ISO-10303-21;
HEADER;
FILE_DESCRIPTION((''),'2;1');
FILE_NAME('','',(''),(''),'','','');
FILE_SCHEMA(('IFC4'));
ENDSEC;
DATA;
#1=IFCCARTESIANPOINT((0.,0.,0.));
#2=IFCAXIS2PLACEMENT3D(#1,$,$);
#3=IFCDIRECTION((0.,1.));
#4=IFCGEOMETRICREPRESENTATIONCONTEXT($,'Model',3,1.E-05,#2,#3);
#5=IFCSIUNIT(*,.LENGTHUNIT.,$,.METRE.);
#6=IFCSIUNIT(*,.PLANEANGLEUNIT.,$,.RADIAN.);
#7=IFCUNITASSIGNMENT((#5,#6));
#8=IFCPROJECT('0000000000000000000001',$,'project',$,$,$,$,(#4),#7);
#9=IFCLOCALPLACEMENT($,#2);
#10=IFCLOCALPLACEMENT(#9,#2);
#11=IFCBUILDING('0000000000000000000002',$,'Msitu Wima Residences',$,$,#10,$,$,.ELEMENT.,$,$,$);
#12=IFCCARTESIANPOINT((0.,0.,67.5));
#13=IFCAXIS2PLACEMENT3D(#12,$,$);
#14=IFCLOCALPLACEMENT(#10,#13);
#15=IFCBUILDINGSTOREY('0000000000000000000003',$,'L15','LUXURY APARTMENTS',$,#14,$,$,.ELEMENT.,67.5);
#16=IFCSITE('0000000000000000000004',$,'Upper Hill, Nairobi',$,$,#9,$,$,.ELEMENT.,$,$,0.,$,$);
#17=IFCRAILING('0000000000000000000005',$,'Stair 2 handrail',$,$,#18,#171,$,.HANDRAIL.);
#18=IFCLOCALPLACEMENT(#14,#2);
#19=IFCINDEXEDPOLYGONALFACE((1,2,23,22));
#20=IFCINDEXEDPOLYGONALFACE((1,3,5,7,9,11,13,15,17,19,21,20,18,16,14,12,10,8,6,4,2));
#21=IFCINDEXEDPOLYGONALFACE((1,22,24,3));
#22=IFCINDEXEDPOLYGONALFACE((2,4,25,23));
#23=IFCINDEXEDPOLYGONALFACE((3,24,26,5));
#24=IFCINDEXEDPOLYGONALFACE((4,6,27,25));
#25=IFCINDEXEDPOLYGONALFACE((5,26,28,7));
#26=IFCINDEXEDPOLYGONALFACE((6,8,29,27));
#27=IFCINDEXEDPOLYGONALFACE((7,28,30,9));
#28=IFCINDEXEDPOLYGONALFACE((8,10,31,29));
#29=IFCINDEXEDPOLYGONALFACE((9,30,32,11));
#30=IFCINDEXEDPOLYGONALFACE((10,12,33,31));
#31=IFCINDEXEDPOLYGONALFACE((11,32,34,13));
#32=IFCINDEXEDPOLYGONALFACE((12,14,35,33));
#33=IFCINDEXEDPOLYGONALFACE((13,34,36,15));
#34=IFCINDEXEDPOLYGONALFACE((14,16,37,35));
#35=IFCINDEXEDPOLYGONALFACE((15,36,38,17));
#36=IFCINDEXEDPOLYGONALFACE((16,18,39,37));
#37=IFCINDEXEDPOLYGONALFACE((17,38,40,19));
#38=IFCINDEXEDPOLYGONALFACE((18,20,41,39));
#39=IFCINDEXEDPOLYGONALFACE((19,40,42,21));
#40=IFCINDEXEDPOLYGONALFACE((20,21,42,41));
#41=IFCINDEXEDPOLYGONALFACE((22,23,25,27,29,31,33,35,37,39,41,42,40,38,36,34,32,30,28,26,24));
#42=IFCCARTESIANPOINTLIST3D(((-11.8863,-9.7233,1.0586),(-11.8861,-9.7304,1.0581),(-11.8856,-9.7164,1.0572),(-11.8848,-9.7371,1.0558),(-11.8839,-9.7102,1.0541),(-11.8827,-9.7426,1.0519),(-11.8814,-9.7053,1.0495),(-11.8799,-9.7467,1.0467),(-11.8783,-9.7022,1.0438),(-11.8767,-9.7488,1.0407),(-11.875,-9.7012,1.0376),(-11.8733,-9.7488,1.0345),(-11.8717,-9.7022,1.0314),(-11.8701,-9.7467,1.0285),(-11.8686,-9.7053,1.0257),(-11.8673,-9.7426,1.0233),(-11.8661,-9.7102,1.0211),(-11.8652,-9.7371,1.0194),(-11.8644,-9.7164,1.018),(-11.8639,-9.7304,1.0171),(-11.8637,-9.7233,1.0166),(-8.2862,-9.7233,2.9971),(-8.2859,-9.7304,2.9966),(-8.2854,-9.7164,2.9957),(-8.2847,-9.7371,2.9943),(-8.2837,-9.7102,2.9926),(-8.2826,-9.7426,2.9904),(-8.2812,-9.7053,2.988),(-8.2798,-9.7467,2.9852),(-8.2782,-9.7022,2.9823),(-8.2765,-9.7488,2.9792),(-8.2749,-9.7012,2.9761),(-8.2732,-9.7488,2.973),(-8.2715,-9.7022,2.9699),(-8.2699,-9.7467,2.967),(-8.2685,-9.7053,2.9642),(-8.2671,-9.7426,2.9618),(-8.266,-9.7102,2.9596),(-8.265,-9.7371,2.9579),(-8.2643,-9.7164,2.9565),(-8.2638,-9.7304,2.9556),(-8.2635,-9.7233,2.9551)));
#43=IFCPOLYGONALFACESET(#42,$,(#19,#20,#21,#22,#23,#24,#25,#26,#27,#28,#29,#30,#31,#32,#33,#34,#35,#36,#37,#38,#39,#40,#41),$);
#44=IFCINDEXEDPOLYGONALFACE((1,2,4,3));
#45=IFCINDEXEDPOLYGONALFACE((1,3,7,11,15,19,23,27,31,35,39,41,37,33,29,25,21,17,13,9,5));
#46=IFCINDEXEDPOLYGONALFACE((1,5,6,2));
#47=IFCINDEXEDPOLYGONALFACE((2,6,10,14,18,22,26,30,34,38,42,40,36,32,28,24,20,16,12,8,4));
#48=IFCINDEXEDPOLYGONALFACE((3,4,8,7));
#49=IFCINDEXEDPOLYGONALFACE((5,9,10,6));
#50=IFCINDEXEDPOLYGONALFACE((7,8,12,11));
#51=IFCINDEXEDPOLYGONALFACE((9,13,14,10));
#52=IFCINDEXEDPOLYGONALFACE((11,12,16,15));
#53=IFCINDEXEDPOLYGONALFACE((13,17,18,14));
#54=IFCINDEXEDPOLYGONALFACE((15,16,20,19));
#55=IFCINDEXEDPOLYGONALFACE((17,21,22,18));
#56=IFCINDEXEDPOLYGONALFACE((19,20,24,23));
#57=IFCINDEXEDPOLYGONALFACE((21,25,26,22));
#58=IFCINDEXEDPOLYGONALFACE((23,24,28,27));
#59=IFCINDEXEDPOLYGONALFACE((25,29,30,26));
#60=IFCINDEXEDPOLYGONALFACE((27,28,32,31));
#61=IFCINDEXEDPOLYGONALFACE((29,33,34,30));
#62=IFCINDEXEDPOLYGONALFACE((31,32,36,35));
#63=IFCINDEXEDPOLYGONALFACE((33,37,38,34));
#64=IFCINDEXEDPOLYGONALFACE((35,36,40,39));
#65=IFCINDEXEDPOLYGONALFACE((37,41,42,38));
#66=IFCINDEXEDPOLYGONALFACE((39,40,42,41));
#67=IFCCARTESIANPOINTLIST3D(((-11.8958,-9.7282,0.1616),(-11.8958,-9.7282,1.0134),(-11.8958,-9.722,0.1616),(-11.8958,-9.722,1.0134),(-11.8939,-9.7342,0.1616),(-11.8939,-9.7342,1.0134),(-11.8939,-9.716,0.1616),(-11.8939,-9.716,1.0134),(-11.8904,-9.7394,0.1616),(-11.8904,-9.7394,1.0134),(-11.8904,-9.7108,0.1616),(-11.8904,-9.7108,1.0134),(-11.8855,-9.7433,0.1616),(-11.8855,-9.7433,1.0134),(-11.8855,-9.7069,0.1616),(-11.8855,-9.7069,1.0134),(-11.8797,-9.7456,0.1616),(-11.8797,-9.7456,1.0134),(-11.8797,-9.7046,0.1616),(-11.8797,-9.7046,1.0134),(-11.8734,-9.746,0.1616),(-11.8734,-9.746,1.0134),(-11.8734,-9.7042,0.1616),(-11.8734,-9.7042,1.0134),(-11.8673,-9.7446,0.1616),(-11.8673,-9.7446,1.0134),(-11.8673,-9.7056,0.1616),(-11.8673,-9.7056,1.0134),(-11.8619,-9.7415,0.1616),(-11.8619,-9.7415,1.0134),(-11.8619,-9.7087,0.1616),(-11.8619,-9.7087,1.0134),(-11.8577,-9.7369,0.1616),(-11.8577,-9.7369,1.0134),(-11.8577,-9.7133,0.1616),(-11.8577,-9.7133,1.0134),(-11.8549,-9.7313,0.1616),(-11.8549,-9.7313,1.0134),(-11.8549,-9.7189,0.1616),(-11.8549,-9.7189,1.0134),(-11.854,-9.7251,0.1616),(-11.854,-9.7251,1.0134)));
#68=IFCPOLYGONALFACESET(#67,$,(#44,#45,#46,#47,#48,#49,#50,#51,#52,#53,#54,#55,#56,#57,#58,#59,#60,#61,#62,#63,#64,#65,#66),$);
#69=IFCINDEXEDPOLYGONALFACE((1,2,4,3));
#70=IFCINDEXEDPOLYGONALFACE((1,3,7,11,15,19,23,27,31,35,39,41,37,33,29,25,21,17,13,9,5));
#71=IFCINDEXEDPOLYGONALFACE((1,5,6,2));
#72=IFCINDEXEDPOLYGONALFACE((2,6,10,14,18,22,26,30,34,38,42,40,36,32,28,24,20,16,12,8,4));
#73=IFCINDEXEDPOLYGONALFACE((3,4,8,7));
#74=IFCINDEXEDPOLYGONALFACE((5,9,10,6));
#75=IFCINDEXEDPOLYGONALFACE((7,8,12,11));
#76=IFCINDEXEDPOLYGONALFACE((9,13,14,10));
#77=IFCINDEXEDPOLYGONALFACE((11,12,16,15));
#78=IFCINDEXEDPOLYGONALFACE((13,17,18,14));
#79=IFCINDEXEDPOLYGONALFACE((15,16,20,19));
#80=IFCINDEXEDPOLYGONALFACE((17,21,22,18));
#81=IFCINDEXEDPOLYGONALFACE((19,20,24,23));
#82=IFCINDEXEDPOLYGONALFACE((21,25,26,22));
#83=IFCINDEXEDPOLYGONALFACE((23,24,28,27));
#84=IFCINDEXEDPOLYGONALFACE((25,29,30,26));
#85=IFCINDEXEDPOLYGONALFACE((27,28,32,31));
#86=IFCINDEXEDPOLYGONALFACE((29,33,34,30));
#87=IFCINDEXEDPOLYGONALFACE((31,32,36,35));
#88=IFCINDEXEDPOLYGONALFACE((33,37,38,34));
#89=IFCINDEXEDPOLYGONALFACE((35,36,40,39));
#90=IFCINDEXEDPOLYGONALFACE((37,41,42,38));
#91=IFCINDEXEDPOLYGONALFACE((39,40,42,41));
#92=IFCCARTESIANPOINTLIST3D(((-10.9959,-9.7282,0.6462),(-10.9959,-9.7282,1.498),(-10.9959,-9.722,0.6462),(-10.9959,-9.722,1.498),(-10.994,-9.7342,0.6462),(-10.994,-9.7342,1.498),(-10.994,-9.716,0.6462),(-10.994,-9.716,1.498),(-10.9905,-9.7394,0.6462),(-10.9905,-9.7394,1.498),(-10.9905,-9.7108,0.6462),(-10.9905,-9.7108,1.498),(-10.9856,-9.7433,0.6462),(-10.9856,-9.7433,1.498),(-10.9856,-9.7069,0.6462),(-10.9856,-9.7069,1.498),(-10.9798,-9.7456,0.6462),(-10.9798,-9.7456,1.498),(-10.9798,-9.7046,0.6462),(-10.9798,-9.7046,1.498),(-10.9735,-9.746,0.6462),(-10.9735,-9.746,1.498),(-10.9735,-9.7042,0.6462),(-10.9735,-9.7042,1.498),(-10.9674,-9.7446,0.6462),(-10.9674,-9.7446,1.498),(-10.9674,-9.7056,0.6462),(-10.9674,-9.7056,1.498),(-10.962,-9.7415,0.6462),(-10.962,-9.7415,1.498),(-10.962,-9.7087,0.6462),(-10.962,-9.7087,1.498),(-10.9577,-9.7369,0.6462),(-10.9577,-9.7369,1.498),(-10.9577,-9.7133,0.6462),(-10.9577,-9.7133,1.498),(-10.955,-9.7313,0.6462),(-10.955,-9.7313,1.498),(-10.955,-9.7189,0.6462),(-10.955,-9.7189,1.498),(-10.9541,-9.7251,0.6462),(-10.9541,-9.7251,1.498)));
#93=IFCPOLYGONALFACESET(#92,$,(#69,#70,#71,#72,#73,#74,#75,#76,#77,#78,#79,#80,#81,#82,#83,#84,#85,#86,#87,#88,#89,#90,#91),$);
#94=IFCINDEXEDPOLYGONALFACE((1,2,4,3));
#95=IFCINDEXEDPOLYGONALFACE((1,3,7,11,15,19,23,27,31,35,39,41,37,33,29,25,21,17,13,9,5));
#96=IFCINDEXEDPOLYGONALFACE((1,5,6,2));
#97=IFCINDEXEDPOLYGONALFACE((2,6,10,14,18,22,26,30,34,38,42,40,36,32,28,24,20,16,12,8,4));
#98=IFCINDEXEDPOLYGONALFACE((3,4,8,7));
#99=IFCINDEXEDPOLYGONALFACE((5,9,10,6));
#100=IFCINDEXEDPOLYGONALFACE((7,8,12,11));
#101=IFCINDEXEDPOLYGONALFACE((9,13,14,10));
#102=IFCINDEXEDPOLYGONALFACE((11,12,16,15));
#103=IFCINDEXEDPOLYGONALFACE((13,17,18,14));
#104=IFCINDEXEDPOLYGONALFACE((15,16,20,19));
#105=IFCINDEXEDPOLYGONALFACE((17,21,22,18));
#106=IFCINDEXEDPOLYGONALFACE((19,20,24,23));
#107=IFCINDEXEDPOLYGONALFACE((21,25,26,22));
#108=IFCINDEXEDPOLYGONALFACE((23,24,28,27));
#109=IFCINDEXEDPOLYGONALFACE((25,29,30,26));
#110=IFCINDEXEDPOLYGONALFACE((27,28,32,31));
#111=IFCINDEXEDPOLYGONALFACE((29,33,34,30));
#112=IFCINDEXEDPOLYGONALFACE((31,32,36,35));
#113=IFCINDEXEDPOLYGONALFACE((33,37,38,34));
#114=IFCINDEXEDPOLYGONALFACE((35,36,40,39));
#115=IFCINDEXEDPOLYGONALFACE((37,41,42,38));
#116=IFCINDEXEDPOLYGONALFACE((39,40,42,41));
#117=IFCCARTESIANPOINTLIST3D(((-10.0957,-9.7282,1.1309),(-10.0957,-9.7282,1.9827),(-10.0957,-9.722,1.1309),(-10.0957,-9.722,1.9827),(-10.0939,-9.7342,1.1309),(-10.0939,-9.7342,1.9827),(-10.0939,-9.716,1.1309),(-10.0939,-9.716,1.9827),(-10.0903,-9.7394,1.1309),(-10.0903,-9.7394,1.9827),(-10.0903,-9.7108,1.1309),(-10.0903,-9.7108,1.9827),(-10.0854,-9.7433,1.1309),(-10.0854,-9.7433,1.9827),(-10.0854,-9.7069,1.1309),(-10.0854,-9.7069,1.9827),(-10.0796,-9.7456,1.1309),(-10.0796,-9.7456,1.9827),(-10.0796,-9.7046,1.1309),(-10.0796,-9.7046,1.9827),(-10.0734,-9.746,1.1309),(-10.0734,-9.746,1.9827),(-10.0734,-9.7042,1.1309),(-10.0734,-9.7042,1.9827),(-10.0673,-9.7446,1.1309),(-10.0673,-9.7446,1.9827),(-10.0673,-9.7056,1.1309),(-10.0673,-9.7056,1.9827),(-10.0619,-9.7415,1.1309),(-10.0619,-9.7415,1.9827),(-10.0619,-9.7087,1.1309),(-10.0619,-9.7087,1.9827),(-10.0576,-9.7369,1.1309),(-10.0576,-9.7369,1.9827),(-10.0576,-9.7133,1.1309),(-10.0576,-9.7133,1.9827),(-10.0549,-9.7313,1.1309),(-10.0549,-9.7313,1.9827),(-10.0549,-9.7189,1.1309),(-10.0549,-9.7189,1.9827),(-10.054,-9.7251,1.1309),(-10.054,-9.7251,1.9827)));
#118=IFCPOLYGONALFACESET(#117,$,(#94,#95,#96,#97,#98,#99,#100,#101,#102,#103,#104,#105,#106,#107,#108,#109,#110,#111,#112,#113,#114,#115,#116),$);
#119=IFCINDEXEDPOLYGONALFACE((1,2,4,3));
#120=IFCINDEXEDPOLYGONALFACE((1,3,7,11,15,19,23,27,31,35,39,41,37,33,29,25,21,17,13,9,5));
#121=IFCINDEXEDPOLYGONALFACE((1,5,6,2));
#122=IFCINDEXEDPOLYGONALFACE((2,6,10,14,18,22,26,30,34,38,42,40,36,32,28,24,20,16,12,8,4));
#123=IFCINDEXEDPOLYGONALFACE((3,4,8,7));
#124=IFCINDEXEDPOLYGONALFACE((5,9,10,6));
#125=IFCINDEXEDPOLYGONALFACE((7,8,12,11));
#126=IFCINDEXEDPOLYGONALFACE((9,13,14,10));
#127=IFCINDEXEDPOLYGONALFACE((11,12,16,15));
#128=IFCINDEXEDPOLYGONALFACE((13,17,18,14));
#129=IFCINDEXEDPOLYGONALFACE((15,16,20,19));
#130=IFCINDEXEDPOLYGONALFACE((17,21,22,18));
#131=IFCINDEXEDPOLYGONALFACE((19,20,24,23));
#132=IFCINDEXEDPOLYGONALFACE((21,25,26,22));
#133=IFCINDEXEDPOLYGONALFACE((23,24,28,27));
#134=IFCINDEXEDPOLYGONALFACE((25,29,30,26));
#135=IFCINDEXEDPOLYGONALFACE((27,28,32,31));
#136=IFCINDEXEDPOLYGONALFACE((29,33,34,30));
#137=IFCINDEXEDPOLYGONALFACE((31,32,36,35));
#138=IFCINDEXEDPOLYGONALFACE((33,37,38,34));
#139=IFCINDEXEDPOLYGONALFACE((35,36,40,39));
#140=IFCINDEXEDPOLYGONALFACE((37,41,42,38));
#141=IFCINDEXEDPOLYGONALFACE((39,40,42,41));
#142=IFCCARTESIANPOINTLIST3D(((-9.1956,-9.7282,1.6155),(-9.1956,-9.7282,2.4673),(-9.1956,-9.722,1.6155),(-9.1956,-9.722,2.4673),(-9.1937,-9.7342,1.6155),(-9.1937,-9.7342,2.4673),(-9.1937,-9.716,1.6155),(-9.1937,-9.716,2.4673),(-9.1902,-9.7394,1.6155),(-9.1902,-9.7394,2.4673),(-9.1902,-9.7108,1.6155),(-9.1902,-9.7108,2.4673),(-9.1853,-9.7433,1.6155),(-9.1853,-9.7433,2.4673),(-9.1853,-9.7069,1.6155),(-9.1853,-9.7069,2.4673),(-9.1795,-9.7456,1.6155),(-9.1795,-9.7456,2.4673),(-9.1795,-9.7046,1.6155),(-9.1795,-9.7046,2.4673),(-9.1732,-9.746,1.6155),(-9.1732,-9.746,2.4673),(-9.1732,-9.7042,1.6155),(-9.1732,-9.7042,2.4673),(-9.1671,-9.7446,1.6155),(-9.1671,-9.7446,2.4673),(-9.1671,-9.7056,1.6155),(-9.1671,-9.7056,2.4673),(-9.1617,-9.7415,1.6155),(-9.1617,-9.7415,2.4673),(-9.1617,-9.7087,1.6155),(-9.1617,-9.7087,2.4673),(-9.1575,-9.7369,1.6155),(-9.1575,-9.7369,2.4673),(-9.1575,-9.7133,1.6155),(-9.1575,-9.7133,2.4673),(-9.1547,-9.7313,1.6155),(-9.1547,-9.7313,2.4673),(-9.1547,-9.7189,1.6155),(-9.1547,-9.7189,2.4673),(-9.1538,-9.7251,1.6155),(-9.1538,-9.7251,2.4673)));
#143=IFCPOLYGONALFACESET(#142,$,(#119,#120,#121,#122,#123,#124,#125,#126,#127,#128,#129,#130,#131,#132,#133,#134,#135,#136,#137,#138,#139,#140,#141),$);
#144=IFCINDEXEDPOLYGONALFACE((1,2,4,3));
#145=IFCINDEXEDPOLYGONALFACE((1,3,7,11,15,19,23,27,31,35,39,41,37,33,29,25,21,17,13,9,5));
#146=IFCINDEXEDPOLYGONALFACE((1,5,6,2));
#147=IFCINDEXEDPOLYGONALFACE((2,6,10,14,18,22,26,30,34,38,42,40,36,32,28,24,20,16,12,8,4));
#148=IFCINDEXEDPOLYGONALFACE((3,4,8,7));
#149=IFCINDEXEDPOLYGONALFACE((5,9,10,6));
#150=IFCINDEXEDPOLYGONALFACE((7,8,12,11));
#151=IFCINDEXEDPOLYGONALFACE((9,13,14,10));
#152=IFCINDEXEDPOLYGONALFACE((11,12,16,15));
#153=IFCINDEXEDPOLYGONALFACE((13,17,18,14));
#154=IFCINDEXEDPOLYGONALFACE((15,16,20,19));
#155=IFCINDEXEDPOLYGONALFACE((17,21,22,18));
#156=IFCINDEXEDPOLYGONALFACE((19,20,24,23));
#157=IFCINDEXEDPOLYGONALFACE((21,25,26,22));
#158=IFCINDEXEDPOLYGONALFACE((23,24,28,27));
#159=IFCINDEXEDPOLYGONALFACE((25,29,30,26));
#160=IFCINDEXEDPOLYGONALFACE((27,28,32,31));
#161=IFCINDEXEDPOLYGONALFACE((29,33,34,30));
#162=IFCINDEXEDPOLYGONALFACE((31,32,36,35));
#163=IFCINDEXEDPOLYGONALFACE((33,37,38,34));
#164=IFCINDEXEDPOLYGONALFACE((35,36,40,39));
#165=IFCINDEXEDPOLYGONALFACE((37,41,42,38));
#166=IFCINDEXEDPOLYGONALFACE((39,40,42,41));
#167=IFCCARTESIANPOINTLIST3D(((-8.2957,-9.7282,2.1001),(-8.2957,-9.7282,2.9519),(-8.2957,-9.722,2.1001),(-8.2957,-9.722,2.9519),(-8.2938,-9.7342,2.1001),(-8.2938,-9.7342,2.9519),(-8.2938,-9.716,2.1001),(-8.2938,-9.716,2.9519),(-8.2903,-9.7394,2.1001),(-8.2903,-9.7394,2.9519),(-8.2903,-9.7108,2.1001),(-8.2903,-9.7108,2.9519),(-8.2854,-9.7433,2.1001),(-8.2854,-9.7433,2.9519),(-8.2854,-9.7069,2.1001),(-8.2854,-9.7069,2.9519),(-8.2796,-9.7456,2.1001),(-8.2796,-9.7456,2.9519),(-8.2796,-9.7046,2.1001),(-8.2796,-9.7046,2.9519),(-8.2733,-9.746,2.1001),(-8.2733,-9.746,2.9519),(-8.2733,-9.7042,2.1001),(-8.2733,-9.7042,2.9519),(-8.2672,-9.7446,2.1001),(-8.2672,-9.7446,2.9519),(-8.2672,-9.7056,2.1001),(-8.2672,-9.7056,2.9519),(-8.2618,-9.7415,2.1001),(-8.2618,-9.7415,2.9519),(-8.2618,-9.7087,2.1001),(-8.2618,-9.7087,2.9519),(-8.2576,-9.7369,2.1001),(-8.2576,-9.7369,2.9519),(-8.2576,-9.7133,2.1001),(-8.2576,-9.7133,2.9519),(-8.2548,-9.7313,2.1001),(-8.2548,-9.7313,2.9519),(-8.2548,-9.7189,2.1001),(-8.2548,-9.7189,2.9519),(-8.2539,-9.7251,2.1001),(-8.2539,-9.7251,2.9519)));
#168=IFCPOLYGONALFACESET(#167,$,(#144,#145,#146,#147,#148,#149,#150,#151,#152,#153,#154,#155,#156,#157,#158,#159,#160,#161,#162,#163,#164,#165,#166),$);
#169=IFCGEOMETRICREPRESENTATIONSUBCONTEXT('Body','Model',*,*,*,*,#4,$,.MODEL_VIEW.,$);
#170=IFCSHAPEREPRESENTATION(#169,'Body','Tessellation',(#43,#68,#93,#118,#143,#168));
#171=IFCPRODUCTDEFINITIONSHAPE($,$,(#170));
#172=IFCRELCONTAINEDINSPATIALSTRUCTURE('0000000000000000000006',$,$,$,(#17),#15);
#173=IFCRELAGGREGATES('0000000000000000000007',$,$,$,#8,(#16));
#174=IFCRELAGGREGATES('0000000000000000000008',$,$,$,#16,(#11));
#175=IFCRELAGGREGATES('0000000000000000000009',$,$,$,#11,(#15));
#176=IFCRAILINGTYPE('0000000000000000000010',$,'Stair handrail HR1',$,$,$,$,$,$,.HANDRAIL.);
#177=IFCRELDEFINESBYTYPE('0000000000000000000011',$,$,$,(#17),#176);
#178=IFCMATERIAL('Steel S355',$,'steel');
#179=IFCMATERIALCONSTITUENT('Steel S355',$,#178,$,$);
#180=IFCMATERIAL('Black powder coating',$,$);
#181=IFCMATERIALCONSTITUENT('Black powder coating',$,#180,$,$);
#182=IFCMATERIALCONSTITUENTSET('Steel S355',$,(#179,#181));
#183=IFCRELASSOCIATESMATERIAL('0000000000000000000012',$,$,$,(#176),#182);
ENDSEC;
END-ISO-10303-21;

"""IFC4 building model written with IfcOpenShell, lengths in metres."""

from ifc_helpers import new_model, si_unit, direction, frame, origin, origin_2d, place, context, subcontext, project, spatial, circle, extrude, material, constituent, constituent_set, type_object, element, save


model = new_model("IFC4")

# Units and contexts
model_context = context("Model", 3, precision=1e-05, world=origin(), true_north=direction((0.0, 1.0)))
body_context = subcontext(model_context, "Body", "Model", "MODEL_VIEW")
ifc_project = project(units=[si_unit("LENGTHUNIT", "METRE"), si_unit("PLANEANGLEUNIT", "RADIAN")], contexts=[model_context])

# Site, building, storey
site_placement = place(None, origin())
site = spatial("IfcSite", under=ifc_project, at=site_placement, Name="Upper Hill, Nairobi", CompositionType="ELEMENT", RefElevation=0.0)
building_placement = place(site_placement, origin())
building = spatial("IfcBuilding", under=site, at=building_placement, Name="Msitu Wima Residences", CompositionType="ELEMENT")
storey_placement = place(building_placement, frame((0.0, 0.0, 67.5)))
storey = spatial("IfcBuildingStorey", under=building, at=storey_placement, Name="L15", Description="LUXURY APARTMENTS", CompositionType="ELEMENT", Elevation=67.5)

# Railing
ifc_material_1 = material(Name="Steel S355", Category="steel")
ifc_constituent_1 = constituent(ifc_material_1, Name="Steel S355")
ifc_material_2 = material(Name="Black powder coating")
ifc_constituent_2 = constituent(ifc_material_2, Name="Black powder coating")
ifc_constituent_set = constituent_set(constituents=[ifc_constituent_1, ifc_constituent_2], Name="Steel S355")
railing_type = type_object("IfcRailingType", Name="Stair handrail HR1", PredefinedType="HANDRAIL", material=ifc_constituent_set)
for number, where, name in (
    (1, (-11.875, -9.7251, 0.1616), "Stair 2 handrail"),
):
    element("IfcRailing", number, at=place(storey_placement, frame(where)), inside=storey, type_object=railing_type, Name=name, PredefinedType="HANDRAIL", context=body_context, shape_type="SweptSolid", body=[
        extrude(circle(Radius=0.0239, at=origin_2d()), frame((0.0, 0.0, 0.876), z_axis=(0.880475, 0.0, 0.474093), x_axis=(0.0, 1.0, 0.0)), (0.0, 0.0, 1.0), 4.0889),
        extrude(circle(Radius=0.021, at=origin_2d()), origin(), (0.0, 0.0, 1.0), 0.8518),
        extrude(circle(Radius=0.021, at=origin_2d()), frame((0.8999, 0.0, 0.4846)), (0.0, 0.0, 1.0), 0.8518),
        extrude(circle(Radius=0.021, at=origin_2d()), frame((1.8, 0.0, 0.9692)), (0.0, 0.0, 1.0), 0.8518),
        extrude(circle(Radius=0.021, at=origin_2d()), frame((2.7002, 0.0, 1.4539)), (0.0, 0.0, 1.0), 0.8518),
        extrude(circle(Radius=0.021, at=origin_2d()), frame((3.6001, 0.0, 1.9385)), (0.0, 0.0, 1.0), 0.8518),
    ])

save(model, "model.ifc")
